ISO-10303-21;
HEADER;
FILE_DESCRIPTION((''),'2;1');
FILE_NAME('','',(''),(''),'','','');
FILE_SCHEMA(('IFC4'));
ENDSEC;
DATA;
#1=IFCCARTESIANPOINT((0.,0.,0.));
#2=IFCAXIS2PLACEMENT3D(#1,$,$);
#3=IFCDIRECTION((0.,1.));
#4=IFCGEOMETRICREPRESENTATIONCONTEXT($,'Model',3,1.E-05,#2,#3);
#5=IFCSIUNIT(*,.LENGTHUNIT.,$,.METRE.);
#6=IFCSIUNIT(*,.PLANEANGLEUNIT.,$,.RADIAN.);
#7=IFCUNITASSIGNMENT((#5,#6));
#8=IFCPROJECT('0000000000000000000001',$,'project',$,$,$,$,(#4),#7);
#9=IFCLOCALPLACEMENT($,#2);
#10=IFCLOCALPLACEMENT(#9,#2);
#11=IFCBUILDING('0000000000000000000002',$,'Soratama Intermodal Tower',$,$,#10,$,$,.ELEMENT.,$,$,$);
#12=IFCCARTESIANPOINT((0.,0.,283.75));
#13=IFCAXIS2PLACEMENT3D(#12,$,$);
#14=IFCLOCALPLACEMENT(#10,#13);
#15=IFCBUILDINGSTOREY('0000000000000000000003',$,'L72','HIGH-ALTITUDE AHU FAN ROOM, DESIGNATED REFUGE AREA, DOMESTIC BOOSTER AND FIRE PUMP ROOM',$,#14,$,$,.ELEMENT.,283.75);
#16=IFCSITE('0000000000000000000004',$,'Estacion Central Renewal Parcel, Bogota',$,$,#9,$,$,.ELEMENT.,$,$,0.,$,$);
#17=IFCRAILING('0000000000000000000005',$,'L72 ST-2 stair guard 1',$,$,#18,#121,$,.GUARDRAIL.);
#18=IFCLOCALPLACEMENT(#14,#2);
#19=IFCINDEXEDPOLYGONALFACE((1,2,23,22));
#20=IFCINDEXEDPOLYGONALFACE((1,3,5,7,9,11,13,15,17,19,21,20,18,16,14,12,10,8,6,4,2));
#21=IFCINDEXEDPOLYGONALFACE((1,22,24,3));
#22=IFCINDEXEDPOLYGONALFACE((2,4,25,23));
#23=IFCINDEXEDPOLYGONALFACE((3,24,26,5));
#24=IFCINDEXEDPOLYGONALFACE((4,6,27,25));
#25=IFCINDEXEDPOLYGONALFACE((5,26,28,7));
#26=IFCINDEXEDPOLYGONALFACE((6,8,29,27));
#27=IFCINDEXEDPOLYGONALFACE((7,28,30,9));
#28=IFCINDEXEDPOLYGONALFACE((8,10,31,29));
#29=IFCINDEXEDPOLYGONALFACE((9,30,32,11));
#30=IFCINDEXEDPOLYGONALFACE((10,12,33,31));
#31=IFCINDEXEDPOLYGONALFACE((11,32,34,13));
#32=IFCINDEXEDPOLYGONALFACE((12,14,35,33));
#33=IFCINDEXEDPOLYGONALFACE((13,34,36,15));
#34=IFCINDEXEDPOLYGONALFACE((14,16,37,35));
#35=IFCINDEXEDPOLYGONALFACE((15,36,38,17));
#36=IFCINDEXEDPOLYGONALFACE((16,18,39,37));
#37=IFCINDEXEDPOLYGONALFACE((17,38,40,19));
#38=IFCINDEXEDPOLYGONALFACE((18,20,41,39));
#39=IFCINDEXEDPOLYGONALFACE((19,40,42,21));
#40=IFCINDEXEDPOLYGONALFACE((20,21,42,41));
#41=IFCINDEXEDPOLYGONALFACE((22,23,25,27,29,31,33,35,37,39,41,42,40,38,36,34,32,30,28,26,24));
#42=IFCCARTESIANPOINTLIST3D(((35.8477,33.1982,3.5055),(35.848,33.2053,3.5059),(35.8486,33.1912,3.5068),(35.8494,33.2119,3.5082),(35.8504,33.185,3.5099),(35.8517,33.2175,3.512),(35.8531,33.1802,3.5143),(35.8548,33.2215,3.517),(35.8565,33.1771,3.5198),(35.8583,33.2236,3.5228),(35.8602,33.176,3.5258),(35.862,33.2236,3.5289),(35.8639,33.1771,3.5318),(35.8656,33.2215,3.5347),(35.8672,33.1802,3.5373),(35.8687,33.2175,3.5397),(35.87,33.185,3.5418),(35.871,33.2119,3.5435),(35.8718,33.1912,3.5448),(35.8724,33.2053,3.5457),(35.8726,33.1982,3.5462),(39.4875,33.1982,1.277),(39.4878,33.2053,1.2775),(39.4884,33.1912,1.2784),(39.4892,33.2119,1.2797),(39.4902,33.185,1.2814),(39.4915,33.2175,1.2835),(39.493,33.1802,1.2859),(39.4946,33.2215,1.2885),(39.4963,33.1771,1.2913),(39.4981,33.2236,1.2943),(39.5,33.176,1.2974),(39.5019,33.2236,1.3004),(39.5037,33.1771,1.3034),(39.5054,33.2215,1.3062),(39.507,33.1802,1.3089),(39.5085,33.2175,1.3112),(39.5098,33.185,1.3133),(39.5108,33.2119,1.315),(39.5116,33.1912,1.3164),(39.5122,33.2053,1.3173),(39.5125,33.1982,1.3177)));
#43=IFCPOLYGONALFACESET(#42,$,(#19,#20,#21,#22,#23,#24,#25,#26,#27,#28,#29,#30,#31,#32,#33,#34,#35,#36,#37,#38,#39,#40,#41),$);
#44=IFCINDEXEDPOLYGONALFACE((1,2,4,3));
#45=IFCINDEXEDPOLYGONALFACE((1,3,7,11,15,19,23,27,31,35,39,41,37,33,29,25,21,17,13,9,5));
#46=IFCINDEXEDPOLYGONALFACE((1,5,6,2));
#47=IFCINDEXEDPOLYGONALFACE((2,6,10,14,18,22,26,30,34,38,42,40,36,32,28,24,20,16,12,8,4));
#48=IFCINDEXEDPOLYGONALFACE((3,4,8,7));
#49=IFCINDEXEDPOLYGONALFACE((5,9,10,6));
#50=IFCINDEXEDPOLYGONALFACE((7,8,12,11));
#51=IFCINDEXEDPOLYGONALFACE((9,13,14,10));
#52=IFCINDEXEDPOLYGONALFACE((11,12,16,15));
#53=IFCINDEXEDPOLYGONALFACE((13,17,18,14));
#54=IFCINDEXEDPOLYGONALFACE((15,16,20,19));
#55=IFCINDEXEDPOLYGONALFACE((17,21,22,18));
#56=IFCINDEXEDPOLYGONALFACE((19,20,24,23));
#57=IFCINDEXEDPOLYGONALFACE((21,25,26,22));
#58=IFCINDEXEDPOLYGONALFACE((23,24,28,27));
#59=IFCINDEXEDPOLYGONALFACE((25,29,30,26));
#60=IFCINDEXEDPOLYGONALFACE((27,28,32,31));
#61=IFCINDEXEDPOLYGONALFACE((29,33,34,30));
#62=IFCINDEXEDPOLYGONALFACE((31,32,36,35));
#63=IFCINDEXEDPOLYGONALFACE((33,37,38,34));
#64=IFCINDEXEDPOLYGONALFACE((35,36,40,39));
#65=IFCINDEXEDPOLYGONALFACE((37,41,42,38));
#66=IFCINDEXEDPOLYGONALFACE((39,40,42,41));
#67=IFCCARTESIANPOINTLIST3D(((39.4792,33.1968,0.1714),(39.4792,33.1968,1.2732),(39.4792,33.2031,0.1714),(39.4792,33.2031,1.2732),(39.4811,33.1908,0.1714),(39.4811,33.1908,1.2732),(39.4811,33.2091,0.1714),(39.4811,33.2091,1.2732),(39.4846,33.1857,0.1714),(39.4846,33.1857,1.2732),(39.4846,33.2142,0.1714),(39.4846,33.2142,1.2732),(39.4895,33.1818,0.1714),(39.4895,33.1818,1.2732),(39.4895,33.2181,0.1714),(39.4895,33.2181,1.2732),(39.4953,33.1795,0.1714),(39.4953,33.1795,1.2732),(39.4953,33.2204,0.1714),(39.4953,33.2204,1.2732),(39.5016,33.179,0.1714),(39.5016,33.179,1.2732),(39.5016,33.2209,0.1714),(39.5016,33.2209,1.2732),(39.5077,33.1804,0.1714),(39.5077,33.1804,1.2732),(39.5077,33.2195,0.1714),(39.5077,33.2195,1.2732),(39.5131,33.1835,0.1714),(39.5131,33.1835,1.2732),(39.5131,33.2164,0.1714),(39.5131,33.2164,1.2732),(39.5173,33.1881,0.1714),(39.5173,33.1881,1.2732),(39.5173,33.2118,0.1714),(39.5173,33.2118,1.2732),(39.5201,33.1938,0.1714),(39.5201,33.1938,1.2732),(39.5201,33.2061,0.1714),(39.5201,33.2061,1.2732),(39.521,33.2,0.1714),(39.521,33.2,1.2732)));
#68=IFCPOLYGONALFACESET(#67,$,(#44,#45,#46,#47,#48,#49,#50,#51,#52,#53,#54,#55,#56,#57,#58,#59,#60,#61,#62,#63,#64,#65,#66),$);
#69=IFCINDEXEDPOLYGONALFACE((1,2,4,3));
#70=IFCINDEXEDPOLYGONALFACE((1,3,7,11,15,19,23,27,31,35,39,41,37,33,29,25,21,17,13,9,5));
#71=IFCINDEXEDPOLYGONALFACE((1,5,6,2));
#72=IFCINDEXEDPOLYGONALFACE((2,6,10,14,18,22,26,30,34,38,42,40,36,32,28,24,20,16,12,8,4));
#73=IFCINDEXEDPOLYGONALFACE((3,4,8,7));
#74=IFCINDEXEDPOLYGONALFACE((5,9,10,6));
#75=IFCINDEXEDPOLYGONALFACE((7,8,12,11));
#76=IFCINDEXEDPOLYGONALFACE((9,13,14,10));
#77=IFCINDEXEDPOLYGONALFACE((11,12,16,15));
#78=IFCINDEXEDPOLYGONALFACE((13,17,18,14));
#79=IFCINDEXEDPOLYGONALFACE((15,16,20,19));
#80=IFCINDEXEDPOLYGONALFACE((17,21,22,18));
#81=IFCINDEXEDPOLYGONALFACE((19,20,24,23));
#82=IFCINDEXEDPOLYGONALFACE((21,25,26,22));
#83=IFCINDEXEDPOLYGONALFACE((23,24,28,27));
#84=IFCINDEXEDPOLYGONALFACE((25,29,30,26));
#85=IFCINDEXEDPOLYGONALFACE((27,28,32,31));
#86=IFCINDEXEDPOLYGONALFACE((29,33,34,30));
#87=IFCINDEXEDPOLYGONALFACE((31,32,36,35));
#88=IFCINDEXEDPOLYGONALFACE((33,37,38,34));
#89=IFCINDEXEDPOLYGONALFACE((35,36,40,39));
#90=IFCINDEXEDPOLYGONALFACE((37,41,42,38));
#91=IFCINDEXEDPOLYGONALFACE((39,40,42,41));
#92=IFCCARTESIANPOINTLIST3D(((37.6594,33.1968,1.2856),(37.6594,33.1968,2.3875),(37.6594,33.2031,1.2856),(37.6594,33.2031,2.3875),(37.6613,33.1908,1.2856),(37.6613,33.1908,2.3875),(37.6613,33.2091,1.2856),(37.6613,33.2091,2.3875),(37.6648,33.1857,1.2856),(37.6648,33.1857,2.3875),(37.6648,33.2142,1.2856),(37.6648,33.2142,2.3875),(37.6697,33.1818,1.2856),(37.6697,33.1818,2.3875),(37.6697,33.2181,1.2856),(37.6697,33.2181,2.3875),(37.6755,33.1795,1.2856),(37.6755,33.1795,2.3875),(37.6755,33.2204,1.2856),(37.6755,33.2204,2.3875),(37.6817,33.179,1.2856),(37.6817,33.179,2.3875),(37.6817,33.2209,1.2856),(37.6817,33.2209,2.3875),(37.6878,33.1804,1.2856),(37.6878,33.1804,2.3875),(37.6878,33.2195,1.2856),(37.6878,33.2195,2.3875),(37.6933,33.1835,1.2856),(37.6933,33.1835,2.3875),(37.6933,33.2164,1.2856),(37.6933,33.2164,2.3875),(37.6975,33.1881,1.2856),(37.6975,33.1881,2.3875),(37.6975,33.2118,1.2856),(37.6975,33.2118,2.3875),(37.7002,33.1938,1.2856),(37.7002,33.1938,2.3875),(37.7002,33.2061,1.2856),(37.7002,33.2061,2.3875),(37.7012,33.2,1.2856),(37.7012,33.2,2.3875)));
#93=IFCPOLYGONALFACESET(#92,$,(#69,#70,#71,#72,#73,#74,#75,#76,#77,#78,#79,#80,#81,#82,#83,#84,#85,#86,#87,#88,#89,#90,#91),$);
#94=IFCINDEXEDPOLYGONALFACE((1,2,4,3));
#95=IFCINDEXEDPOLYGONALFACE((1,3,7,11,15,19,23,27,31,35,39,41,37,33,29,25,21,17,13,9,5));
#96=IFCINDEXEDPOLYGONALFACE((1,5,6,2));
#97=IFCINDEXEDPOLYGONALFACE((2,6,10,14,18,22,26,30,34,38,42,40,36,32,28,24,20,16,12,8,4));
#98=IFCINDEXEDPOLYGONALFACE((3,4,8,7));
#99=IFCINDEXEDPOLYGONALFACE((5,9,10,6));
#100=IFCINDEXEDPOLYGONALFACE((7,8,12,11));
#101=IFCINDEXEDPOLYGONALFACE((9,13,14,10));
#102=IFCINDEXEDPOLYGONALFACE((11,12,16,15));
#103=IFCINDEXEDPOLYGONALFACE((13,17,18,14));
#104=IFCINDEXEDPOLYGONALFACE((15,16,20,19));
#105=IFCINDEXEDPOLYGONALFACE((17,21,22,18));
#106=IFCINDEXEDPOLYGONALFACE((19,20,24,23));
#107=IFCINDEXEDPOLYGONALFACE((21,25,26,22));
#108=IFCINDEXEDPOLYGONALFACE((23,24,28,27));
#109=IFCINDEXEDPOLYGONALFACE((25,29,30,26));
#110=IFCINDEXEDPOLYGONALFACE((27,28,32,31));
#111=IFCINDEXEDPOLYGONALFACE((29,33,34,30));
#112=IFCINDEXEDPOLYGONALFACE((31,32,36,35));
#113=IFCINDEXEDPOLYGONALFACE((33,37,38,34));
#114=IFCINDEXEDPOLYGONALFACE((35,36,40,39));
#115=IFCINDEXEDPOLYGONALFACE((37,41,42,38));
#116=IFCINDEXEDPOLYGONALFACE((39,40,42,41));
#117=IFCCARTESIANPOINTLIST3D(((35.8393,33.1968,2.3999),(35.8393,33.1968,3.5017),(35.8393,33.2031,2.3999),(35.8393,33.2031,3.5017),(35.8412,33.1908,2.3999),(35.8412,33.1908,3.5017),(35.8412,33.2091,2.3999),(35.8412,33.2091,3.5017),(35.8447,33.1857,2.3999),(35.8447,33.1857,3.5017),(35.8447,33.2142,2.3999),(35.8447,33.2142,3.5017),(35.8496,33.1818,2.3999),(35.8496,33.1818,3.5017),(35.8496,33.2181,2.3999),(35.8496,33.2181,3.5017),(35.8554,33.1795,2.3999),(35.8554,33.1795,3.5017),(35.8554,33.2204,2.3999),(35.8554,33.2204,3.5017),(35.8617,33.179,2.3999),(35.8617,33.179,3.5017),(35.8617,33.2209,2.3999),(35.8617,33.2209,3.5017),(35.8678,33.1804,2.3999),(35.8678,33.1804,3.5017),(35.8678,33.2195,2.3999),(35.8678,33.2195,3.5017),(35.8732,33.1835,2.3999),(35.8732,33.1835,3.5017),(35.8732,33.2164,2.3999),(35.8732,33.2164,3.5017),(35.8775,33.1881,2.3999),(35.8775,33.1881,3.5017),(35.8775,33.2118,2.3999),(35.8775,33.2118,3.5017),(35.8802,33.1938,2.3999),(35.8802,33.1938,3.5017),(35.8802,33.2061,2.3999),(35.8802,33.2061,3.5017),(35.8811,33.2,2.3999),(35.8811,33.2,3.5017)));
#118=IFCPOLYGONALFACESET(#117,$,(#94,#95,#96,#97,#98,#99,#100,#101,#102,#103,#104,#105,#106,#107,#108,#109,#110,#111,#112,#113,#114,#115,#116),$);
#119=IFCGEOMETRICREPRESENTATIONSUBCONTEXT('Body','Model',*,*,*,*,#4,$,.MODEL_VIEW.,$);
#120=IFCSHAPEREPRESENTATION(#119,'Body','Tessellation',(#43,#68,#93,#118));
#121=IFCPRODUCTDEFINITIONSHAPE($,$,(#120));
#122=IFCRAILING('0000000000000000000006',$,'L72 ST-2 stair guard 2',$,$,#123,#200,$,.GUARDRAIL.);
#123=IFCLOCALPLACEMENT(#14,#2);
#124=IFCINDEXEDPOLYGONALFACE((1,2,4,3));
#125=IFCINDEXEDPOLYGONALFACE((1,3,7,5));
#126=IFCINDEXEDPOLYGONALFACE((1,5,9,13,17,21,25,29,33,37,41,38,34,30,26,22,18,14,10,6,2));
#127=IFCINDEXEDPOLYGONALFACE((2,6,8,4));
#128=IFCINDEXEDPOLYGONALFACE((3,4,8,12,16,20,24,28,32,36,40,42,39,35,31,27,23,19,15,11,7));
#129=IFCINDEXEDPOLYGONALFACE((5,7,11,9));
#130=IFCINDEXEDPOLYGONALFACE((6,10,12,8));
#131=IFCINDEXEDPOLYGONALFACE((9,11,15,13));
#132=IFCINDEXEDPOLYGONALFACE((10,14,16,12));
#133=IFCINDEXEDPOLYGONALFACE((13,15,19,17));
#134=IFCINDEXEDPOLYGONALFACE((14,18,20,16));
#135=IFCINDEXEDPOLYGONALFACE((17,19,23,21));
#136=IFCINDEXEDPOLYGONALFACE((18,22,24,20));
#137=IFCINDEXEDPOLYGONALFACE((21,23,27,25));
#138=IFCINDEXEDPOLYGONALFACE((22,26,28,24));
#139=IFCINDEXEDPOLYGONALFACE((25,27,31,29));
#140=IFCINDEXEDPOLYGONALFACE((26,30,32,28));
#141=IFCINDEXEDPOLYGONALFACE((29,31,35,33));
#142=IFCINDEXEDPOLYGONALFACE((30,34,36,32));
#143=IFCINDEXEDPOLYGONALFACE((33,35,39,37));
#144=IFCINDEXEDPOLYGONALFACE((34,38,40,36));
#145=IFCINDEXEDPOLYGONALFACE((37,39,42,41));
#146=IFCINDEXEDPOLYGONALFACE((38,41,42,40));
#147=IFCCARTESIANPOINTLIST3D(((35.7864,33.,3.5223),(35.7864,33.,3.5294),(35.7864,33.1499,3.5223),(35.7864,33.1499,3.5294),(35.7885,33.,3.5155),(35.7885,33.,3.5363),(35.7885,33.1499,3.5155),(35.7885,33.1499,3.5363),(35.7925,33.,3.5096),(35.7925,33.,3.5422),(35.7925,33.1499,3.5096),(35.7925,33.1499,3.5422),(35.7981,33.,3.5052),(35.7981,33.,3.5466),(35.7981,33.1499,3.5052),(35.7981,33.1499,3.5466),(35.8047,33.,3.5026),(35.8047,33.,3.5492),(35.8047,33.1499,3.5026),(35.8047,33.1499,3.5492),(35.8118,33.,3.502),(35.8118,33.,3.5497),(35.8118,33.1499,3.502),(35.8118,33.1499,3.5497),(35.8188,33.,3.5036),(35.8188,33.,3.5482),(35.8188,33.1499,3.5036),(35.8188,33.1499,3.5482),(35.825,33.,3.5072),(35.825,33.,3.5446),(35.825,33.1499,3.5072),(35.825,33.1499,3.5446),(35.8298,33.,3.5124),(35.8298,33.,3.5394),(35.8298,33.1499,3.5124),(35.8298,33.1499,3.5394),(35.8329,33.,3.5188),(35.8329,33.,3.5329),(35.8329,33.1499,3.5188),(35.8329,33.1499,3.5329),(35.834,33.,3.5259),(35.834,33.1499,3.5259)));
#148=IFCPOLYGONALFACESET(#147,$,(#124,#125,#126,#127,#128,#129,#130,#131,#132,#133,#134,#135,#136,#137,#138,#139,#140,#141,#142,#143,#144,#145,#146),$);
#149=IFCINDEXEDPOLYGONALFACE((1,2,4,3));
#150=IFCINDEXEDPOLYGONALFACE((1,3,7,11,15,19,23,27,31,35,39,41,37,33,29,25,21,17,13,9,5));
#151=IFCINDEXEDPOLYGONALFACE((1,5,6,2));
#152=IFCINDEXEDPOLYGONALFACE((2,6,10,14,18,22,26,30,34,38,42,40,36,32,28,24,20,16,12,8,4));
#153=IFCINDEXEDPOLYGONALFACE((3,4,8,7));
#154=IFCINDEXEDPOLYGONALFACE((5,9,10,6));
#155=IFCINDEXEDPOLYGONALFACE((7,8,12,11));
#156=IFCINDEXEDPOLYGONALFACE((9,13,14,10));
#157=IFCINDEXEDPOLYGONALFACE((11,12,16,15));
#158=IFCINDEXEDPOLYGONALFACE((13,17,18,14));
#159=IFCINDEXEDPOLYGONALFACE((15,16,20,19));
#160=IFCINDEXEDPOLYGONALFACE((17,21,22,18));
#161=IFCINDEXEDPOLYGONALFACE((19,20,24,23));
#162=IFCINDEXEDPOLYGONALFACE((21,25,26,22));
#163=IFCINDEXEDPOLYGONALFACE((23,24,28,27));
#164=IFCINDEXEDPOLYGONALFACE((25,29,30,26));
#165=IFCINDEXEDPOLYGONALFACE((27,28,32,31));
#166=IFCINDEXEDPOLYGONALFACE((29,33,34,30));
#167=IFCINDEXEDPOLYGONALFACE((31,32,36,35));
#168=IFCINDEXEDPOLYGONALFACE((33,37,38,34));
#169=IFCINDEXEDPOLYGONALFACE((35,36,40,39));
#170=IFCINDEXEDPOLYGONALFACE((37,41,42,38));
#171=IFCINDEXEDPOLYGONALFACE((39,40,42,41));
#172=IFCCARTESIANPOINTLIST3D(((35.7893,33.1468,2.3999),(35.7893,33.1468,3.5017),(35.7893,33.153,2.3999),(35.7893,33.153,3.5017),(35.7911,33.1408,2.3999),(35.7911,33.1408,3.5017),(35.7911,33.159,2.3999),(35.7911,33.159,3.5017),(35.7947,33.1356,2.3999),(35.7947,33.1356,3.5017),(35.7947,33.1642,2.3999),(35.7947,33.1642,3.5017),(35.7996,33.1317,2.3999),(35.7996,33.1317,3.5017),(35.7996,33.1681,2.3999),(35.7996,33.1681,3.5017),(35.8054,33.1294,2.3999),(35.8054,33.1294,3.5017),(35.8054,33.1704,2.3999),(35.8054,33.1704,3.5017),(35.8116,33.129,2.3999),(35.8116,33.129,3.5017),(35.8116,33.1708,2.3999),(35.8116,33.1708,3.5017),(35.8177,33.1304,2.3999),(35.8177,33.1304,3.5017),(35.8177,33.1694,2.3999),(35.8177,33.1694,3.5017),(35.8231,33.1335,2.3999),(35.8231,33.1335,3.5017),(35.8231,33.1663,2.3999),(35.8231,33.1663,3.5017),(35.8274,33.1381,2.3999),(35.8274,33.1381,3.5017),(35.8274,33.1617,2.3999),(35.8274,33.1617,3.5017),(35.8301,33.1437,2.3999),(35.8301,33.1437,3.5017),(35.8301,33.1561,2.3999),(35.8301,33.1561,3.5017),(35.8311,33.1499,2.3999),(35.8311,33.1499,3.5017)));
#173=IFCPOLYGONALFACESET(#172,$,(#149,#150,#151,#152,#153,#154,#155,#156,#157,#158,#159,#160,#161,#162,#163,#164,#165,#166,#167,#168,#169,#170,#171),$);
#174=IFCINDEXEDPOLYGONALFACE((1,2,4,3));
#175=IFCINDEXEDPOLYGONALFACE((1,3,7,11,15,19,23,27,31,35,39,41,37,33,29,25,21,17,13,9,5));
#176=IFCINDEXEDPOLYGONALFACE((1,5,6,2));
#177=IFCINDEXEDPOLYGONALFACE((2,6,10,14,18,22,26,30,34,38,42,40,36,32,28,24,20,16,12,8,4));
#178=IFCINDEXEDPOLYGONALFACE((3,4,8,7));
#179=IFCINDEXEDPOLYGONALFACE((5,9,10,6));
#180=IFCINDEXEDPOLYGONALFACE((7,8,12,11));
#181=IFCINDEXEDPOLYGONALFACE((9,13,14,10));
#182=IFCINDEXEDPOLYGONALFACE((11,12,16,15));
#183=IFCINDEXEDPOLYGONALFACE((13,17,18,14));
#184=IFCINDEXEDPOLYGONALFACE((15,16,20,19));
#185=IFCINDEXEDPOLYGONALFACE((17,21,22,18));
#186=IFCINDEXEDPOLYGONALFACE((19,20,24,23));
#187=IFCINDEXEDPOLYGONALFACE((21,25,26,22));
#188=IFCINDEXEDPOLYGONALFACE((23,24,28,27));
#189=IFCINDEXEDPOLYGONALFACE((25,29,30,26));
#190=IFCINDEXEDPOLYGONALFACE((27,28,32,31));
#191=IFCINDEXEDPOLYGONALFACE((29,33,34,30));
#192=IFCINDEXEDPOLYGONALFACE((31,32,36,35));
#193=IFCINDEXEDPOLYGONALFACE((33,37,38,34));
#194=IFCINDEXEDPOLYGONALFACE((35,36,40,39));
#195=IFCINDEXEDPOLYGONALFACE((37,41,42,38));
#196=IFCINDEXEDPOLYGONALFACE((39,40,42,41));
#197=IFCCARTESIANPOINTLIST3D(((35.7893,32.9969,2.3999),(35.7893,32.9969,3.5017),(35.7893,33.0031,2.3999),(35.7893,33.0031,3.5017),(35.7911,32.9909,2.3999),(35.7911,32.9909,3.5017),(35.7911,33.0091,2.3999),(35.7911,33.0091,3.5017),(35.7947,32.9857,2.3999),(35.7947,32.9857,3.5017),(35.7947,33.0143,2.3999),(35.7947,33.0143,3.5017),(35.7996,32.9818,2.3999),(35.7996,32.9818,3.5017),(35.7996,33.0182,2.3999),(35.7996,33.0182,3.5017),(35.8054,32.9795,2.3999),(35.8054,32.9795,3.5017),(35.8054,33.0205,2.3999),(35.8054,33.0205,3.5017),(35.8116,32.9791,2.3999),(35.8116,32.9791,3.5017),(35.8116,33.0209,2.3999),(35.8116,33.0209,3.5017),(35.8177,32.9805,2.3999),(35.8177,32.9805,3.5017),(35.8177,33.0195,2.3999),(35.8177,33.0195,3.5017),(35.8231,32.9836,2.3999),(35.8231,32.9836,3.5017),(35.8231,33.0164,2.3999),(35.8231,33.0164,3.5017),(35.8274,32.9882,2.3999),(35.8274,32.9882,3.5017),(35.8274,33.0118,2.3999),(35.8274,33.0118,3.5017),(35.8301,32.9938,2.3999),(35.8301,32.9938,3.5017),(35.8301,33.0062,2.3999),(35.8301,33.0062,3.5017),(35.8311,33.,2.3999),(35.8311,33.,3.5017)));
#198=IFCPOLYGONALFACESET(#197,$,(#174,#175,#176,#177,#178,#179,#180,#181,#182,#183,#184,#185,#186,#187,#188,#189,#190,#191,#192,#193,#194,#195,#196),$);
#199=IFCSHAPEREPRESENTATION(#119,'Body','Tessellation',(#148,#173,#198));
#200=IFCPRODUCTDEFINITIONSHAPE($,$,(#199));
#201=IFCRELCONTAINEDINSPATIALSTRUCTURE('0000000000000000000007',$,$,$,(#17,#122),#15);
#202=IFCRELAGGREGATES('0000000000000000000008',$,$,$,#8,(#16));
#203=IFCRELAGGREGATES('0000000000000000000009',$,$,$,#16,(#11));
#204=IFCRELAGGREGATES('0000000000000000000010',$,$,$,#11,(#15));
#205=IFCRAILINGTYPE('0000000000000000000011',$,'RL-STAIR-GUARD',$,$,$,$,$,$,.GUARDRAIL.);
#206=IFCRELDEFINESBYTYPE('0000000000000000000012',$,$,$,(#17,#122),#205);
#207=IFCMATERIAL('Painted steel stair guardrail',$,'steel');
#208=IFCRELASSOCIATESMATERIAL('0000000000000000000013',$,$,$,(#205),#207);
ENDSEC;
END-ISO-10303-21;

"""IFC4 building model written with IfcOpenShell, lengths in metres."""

from ifc_helpers import new_model, si_unit, direction, frame, origin, origin_2d, place, context, subcontext, project, spatial, circle, extrude, material, type_object, element, save


model = new_model("IFC4")

# Units and contexts
model_context = context("Model", 3, precision=1e-05, world=origin(), true_north=direction((0.0, 1.0)))
body_context = subcontext(model_context, "Body", "Model", "MODEL_VIEW")
ifc_project = project(units=[si_unit("LENGTHUNIT", "METRE"), si_unit("PLANEANGLEUNIT", "RADIAN")], contexts=[model_context])

# Site, building, storey
site_placement = place(None, origin())
site = spatial("IfcSite", under=ifc_project, at=site_placement, Name="Estacion Central Renewal Parcel, Bogota", CompositionType="ELEMENT", RefElevation=0.0)
building_placement = place(site_placement, origin())
building = spatial("IfcBuilding", under=site, at=building_placement, Name="Soratama Intermodal Tower", CompositionType="ELEMENT")
storey_placement = place(building_placement, frame((0.0, 0.0, 283.75)))
storey = spatial("IfcBuildingStorey", under=building, at=storey_placement, Name="L72", Description="HIGH-ALTITUDE AHU FAN ROOM, DESIGNATED REFUGE AREA, DOMESTIC BOOSTER AND FIRE PUMP ROOM", CompositionType="ELEMENT", Elevation=283.75)

# Railings
ifc_material_1 = material(Name="Painted steel stair guardrail", Category="steel")
railing_type_1 = type_object("IfcRailingType", Name="RL-STAIR-GUARD", PredefinedType="GUARDRAIL", material=ifc_material_1)
railing_1_placement = place(storey_placement, frame((39.5, 33.2, 0.1714)))
element("IfcRailing", 1, at=railing_1_placement, inside=storey, type_object=railing_type_1, Name="L72 ST-2 stair guard 1", PredefinedType="GUARDRAIL", context=body_context, shape_type="SweptSolid", body=[
    extrude(circle(Radius=0.0239, at=origin_2d()), frame((0.0, 0.0, 1.126), z_axis=(-0.85285, 0.0, 0.522156), x_axis=(0.0, -1.0, 0.0)), (0.0, 0.0, 1.0), 4.2678),
    extrude(circle(Radius=0.021, at=origin_2d()), origin(), (0.0, 0.0, 1.0), 1.1018),
    extrude(circle(Radius=0.021, at=origin_2d()), frame((-1.8198, 0.0, 1.1143)), (0.0, 0.0, 1.0), 1.1018),
    extrude(circle(Radius=0.021, at=origin_2d()), frame((-3.6399, 0.0, 2.2285)), (0.0, 0.0, 1.0), 1.1018),
])
railing_2_placement = place(storey_placement, frame((35.8101, 33.1499, 2.3999)))
element("IfcRailing", 2, at=railing_2_placement, inside=storey, type_object=railing_type_1, Name="L72 ST-2 stair guard 2", PredefinedType="GUARDRAIL", context=body_context, shape_type="SweptSolid", body=[
    extrude(circle(Radius=0.0239, at=origin_2d()), frame((0.0, 0.0, 1.126), z_axis=(0.0, -1.0, 0.0), x_axis=(1.0, 0.0, 0.0)), (0.0, 0.0, 1.0), 0.1499),
    extrude(circle(Radius=0.021, at=origin_2d()), origin(), (0.0, 0.0, 1.0), 1.1018),
    extrude(circle(Radius=0.021, at=origin_2d()), frame((0.0, -0.1499, 0.0)), (0.0, 0.0, 1.0), 1.1018),
])

save(model, "model.ifc")
